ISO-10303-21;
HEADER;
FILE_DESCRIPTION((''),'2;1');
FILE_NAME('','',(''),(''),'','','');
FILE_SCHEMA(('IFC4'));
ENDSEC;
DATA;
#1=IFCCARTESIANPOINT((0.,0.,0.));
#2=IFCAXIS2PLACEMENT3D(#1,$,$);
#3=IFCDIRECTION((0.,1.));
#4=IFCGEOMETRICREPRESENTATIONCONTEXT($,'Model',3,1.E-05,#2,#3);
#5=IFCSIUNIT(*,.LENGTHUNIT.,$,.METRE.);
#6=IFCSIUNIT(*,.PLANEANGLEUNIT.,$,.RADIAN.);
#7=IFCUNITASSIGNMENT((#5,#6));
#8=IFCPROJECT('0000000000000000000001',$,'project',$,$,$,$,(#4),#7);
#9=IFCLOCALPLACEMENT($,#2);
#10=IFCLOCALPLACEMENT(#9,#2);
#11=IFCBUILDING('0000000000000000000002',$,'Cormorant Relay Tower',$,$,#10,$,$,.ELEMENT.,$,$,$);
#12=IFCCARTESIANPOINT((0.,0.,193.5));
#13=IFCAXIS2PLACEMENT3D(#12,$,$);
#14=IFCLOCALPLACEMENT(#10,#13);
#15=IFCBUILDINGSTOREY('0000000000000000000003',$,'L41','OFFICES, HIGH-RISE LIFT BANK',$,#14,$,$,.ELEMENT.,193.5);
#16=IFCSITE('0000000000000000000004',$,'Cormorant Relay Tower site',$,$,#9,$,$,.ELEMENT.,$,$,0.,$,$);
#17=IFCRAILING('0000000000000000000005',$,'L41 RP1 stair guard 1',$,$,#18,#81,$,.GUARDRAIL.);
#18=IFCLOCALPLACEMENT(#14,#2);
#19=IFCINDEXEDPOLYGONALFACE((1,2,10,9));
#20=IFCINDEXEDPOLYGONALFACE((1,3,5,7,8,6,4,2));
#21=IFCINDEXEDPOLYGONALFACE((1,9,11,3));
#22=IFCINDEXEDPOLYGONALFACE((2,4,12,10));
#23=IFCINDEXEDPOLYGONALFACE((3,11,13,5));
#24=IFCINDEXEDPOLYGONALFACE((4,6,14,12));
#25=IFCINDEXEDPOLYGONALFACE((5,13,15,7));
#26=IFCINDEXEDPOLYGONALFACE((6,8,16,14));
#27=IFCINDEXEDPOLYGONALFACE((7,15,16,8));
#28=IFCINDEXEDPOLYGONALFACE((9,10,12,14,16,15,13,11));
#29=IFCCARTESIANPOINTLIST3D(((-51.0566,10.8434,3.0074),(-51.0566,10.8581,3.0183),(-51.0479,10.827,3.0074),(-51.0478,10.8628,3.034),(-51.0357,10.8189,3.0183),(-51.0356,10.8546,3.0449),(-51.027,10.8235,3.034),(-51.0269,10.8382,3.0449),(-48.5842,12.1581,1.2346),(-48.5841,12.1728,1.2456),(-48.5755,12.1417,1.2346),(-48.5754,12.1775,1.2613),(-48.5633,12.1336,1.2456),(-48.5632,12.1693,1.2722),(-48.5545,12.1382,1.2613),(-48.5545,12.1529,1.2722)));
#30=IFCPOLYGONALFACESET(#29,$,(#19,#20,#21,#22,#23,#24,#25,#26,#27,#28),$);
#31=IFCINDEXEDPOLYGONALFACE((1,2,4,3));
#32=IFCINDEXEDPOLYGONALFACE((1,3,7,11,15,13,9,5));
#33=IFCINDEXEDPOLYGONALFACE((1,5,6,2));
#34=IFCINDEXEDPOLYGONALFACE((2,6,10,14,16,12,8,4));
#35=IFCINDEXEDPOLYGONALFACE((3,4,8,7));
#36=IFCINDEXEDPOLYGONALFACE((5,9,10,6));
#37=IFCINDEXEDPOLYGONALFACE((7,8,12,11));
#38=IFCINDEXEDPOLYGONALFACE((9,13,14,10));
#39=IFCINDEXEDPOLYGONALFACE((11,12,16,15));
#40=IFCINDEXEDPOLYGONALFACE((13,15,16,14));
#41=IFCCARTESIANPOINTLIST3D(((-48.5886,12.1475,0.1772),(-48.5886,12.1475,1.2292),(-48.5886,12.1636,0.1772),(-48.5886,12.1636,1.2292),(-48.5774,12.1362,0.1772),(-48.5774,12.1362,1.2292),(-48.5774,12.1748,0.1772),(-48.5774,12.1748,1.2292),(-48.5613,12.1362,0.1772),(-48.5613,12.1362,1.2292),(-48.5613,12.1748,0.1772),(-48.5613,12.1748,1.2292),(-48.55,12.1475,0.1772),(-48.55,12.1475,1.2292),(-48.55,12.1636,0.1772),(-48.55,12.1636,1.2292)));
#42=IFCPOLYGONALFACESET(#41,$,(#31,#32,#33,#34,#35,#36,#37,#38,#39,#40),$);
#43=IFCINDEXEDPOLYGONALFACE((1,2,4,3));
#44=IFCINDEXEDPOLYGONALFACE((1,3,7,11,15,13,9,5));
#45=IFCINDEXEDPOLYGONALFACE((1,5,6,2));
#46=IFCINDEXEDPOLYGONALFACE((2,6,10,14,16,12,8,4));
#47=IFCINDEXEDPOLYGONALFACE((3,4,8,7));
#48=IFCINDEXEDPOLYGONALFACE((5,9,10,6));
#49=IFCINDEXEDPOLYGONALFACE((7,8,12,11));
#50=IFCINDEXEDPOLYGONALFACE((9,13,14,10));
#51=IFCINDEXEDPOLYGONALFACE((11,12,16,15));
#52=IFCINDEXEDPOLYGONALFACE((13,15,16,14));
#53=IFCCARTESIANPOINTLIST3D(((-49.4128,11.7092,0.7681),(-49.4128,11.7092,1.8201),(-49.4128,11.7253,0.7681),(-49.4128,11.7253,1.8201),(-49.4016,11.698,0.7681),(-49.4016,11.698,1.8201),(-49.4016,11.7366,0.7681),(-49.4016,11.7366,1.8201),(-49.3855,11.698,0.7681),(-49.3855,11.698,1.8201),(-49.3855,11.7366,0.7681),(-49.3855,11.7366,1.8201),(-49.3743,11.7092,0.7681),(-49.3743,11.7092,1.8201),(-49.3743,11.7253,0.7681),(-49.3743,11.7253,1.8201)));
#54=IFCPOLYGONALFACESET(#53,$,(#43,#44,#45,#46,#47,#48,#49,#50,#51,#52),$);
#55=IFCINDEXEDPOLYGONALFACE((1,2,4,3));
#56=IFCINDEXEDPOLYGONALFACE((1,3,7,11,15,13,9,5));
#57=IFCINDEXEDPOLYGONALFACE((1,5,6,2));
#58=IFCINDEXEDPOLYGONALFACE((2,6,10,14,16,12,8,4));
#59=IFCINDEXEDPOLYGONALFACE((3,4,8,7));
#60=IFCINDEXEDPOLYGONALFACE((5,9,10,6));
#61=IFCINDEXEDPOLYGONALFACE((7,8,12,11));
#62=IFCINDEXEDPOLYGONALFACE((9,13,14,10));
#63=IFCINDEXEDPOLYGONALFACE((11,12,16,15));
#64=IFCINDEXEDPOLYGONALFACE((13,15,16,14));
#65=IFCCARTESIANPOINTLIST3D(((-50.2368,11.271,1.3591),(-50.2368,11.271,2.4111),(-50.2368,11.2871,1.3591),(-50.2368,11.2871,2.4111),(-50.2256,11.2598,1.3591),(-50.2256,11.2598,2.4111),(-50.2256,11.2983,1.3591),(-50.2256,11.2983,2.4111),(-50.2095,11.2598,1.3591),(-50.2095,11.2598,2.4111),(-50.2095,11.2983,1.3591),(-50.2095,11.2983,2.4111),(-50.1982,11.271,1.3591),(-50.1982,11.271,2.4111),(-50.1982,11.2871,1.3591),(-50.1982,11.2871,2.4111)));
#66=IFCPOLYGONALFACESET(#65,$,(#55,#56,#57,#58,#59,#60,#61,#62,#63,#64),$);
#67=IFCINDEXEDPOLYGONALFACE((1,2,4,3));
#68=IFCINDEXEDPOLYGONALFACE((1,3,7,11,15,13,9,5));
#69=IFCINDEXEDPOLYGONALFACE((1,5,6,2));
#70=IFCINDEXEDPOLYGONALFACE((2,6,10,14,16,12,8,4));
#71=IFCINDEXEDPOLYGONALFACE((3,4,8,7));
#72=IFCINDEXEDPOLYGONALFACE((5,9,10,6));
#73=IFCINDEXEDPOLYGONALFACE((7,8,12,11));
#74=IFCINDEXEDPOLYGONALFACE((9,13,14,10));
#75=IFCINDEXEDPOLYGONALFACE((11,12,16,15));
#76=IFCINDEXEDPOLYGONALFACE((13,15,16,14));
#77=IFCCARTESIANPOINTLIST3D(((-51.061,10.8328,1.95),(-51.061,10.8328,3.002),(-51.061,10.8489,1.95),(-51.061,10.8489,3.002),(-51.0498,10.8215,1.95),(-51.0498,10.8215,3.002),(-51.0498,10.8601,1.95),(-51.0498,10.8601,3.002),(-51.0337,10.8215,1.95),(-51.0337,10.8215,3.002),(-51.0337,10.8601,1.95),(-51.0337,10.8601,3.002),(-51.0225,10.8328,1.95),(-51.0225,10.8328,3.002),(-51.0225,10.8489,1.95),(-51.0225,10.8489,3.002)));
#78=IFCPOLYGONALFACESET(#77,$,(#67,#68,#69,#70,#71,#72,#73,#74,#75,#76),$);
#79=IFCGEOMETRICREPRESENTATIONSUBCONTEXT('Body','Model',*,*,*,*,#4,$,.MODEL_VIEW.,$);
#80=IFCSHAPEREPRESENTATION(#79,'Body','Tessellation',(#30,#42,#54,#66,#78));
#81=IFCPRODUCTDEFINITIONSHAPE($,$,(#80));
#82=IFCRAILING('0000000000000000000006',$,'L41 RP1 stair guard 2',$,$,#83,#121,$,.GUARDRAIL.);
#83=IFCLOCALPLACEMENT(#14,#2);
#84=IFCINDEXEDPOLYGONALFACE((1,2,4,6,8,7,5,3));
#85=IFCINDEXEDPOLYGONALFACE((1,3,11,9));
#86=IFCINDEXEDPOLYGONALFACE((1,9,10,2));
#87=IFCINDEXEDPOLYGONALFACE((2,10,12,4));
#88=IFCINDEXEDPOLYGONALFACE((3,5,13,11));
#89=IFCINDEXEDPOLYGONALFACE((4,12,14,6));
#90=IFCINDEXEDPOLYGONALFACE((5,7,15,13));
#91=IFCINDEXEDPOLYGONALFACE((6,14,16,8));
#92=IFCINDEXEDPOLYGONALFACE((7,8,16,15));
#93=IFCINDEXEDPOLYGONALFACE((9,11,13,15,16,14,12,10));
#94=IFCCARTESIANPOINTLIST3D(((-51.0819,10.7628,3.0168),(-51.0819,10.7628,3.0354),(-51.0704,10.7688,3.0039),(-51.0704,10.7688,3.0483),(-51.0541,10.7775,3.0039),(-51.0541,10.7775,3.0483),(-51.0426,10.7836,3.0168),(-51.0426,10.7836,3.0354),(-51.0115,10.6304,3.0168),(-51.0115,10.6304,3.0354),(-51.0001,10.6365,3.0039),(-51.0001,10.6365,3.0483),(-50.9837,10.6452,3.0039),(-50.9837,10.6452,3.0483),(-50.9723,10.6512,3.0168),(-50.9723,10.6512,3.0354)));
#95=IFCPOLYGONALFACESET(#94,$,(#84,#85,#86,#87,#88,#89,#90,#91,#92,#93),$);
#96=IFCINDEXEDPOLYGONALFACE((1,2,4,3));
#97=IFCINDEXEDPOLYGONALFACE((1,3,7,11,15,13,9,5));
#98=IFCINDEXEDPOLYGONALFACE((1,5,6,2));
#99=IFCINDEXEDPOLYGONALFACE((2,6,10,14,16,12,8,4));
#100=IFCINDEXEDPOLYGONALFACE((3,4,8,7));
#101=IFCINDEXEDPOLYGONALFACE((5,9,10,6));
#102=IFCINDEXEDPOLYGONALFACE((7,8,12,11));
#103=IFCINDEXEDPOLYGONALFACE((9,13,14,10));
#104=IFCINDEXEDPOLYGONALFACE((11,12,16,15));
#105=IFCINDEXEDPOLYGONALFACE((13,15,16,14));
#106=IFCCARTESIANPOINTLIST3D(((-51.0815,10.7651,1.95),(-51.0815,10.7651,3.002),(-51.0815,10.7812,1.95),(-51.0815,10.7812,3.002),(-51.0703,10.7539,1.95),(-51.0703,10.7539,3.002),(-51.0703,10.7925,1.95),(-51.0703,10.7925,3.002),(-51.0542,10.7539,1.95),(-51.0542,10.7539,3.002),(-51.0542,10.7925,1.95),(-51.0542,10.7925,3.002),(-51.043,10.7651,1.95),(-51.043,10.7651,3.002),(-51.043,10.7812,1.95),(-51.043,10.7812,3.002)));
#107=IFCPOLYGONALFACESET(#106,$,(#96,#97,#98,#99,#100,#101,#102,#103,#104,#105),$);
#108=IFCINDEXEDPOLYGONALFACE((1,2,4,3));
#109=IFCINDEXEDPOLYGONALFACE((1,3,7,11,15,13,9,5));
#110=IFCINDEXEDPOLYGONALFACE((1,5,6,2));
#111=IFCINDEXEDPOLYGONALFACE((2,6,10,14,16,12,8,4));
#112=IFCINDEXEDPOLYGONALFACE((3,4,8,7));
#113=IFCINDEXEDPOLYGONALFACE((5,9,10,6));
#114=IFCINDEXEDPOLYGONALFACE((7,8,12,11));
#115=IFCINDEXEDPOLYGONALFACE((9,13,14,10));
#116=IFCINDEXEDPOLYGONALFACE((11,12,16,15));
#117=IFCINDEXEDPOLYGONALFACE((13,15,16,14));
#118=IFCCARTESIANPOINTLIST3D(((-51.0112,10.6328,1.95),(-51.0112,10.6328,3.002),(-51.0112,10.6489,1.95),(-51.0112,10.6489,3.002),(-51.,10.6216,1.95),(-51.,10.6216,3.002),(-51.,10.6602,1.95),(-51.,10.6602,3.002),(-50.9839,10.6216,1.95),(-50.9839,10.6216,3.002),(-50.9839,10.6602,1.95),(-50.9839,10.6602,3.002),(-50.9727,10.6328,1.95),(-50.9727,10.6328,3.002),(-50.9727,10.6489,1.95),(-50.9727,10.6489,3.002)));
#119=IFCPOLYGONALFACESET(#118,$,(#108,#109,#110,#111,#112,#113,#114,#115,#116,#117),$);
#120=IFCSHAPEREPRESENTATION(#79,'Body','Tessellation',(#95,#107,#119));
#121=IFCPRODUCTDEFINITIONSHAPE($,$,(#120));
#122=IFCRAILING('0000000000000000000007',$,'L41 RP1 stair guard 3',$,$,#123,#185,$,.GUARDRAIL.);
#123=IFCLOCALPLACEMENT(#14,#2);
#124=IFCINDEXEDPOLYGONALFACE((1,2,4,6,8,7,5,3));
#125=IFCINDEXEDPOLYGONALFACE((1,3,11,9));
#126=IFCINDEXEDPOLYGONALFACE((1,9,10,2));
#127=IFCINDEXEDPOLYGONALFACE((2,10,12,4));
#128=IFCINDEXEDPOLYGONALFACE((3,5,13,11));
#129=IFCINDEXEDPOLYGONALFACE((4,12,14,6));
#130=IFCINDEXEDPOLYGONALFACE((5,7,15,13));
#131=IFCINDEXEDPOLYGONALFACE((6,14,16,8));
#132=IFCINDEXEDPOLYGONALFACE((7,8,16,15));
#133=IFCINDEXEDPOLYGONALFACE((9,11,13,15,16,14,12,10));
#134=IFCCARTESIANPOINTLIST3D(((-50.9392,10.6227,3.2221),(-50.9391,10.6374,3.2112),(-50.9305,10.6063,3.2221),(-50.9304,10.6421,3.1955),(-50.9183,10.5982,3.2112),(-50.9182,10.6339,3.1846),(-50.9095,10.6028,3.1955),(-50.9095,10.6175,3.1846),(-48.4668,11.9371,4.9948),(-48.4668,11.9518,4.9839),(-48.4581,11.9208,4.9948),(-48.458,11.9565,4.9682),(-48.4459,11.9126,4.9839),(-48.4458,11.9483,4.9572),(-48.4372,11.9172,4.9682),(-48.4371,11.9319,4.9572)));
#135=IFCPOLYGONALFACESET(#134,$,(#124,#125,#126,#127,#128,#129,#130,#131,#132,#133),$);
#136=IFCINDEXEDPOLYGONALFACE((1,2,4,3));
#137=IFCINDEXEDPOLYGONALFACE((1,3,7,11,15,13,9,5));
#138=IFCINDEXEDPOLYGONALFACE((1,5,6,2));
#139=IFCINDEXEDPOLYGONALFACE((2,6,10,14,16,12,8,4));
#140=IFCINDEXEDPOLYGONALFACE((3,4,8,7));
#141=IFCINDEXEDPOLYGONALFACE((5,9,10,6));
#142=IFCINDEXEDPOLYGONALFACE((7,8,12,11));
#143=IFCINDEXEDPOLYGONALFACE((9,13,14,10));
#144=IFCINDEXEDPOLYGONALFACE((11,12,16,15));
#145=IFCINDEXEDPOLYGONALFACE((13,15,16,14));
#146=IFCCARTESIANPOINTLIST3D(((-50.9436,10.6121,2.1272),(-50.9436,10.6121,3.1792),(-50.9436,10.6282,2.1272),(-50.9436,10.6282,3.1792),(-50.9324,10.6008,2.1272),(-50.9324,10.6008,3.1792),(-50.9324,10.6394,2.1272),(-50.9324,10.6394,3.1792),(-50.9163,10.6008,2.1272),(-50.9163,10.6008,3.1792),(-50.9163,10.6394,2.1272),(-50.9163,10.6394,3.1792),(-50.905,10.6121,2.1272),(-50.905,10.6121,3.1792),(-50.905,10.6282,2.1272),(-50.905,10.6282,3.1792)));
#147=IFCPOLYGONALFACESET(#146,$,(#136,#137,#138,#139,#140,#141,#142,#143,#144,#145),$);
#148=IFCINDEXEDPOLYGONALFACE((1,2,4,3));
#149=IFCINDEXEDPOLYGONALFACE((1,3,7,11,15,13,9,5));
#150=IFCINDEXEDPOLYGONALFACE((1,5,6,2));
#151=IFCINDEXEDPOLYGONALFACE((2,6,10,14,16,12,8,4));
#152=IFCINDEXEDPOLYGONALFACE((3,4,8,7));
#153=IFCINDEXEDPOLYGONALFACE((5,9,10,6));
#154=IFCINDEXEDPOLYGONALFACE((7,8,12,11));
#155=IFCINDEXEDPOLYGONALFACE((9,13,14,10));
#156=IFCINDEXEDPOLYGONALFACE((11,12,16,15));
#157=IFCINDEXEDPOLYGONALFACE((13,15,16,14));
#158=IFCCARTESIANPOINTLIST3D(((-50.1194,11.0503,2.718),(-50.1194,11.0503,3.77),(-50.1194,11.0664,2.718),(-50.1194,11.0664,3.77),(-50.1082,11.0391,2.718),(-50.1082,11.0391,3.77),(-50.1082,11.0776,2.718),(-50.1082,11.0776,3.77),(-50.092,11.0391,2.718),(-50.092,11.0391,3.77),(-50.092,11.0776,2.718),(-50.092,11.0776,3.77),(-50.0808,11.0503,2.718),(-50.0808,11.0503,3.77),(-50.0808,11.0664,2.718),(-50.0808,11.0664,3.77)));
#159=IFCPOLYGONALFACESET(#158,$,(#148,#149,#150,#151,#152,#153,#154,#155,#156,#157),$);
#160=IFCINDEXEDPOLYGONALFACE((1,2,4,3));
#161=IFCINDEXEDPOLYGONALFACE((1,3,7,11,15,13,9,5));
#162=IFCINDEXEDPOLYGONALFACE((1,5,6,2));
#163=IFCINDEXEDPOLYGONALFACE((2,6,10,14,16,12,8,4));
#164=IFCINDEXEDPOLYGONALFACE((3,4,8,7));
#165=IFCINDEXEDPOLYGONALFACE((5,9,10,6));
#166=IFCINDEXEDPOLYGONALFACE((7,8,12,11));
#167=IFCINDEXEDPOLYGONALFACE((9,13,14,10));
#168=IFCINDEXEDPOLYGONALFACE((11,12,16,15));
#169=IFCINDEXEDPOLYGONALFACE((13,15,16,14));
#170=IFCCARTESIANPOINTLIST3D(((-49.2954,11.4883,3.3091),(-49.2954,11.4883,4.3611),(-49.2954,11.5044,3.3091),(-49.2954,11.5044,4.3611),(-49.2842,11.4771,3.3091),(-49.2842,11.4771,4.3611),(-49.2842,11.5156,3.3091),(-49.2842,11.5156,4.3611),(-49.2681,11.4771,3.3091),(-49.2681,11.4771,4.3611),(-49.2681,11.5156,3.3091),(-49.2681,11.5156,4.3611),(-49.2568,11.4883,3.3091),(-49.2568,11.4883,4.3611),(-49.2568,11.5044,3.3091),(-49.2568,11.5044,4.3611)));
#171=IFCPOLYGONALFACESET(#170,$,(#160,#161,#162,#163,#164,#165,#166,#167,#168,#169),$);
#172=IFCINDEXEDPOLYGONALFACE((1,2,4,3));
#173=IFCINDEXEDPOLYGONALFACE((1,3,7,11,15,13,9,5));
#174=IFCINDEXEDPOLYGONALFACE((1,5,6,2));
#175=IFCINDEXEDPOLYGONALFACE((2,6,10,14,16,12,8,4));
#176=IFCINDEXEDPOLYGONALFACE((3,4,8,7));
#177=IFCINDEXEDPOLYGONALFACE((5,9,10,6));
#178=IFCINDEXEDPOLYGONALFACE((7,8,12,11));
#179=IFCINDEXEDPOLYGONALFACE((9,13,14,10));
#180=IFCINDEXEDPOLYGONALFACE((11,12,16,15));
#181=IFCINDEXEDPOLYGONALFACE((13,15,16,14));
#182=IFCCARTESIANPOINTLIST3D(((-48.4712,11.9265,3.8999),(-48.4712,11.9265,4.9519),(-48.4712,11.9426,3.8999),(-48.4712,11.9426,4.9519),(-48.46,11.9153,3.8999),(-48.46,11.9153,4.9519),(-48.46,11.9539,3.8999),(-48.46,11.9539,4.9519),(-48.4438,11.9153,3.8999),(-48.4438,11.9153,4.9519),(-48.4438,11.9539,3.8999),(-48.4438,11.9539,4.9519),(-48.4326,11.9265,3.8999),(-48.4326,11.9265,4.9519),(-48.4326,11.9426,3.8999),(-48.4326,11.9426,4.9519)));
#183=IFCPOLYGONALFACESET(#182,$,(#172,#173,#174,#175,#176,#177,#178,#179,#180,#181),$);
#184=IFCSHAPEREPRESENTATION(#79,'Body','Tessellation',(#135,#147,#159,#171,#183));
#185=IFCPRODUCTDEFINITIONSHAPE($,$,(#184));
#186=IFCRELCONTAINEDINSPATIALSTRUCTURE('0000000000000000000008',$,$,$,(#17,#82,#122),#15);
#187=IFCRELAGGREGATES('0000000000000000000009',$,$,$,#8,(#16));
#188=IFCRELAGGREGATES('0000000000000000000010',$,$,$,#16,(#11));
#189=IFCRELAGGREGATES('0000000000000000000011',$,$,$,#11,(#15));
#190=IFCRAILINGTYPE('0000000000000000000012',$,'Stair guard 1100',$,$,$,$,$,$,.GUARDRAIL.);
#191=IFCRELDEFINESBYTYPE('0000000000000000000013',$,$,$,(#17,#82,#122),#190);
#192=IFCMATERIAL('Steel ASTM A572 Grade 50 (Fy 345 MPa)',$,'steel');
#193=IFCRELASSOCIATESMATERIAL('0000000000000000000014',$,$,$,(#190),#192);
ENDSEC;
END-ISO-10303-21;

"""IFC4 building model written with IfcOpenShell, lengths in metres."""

from ifc_helpers import new_model, si_unit, direction, frame, origin, place, context, subcontext, project, spatial, polyline, outline, extrude, material, type_object, element, save


model = new_model("IFC4")

# Units and contexts
model_context = context("Model", 3, precision=1e-05, world=origin(), true_north=direction((0.0, 1.0)))
body_context = subcontext(model_context, "Body", "Model", "MODEL_VIEW")
ifc_project = project(units=[si_unit("LENGTHUNIT", "METRE"), si_unit("PLANEANGLEUNIT", "RADIAN")], contexts=[model_context])

# Site, building, storey
site_placement = place(None, origin())
site = spatial("IfcSite", under=ifc_project, at=site_placement, Name="Cormorant Relay Tower site", CompositionType="ELEMENT", RefElevation=0.0)
building_placement = place(site_placement, origin())
building = spatial("IfcBuilding", under=site, at=building_placement, Name="Cormorant Relay Tower", CompositionType="ELEMENT")
storey_placement = place(building_placement, frame((0.0, 0.0, 193.5)))
storey = spatial("IfcBuildingStorey", under=building, at=storey_placement, Name="L41", Description="OFFICES, HIGH-RISE LIFT BANK", CompositionType="ELEMENT", Elevation=193.5)

# Railings
ifc_material_1 = material(Name="Steel ASTM A572 Grade 50 (Fy 345 MPa)", Category="steel")
railing_type_1 = type_object("IfcRailingType", Name="Stair guard 1100", PredefinedType="GUARDRAIL", material=ifc_material_1)
railing_1_placement = place(storey_placement, frame((-48.5693, 12.1555, 0.1772)))
element("IfcRailing", 1, at=railing_1_placement, inside=storey, type_object=railing_type_1, Name="L41 RP1 stair guard 1", PredefinedType="GUARDRAIL", context=body_context, shape_type="SweptSolid", body=[
    extrude(outline(polyline([(0.0222, 0.0093), (0.0093, 0.0222), (-0.0093, 0.0222), (-0.0222, 0.0093), (-0.0222, -0.0093), (-0.0093, -0.0222), (0.0093, -0.0222), (0.0222, -0.0093), (0.0222, 0.0093)])), frame((0.0, 0.0, 1.0762), z_axis=(-0.746012, -0.39669, 0.534886), x_axis=(0.469497, -0.882934, 0.0)), (0.0, 0.0, 1.0), 3.3142),
    extrude(outline(polyline([(0.0193, 0.0081), (0.0081, 0.0193), (-0.0081, 0.0193), (-0.0193, 0.0081), (-0.0193, -0.0081), (-0.0081, -0.0193), (0.0081, -0.0193), (0.0193, -0.0081), (0.0193, 0.0081)])), origin(), (0.0, 0.0, 1.0), 1.052),
    extrude(outline(polyline([(0.0193, 0.0081), (0.0081, 0.0193), (-0.0081, 0.0193), (-0.0193, 0.0081), (-0.0193, -0.0081), (-0.0081, -0.0193), (0.0081, -0.0193), (0.0193, -0.0081), (0.0193, 0.0081)])), frame((-0.8242, -0.4382, 0.5908)), (0.0, 0.0, 1.0), 1.052),
    extrude(outline(polyline([(0.0193, 0.0081), (0.0081, 0.0193), (-0.0081, 0.0193), (-0.0193, 0.0081), (-0.0193, -0.0081), (-0.0081, -0.0193), (0.0081, -0.0193), (0.0193, -0.0081), (0.0193, 0.0081)])), frame((-1.6482, -0.8765, 1.1819)), (0.0, 0.0, 1.0), 1.052),
    extrude(outline(polyline([(0.0193, 0.0081), (0.0081, 0.0193), (-0.0081, 0.0193), (-0.0193, 0.0081), (-0.0193, -0.0081), (-0.0081, -0.0193), (0.0081, -0.0193), (0.0193, -0.0081), (0.0193, 0.0081)])), frame((-2.4724, -1.3147, 1.7727)), (0.0, 0.0, 1.0), 1.052),
])
railing_2_placement = place(storey_placement, frame((-51.0623, 10.7732, 1.95)))
element("IfcRailing", 2, at=railing_2_placement, inside=storey, type_object=railing_type_1, Name="L41 RP1 stair guard 2", PredefinedType="GUARDRAIL", context=body_context, shape_type="SweptSolid", body=[
    extrude(outline(polyline([(0.0222, 0.0093), (0.0093, 0.0222), (-0.0093, 0.0222), (-0.0222, 0.0093), (-0.0222, -0.0093), (-0.0093, -0.0222), (0.0093, -0.0222), (0.0222, -0.0093), (0.0222, 0.0093)])), frame((0.0, 0.0, 1.0762), z_axis=(0.469235, -0.883074, 0.0), x_axis=(0.883074, 0.469235, 0.0)), (0.0, 0.0, 1.0), 0.1499),
    extrude(outline(polyline([(0.0193, 0.0081), (0.0081, 0.0193), (-0.0081, 0.0193), (-0.0193, 0.0081), (-0.0193, -0.0081), (-0.0081, -0.0193), (0.0081, -0.0193), (0.0193, -0.0081), (0.0193, 0.0081)])), origin(), (0.0, 0.0, 1.0), 1.052),
    extrude(outline(polyline([(0.0193, 0.0081), (0.0081, 0.0193), (-0.0081, 0.0193), (-0.0193, 0.0081), (-0.0193, -0.0081), (-0.0081, -0.0193), (0.0081, -0.0193), (0.0193, -0.0081), (0.0193, 0.0081)])), frame((0.0703, -0.1323, 0.0)), (0.0, 0.0, 1.0), 1.052),
])
railing_3_placement = place(storey_placement, frame((-50.9243, 10.6201, 2.1272)))
element("IfcRailing", 3, at=railing_3_placement, inside=storey, type_object=railing_type_1, Name="L41 RP1 stair guard 3", PredefinedType="GUARDRAIL", context=body_context, shape_type="SweptSolid", body=[
    extrude(outline(polyline([(0.0222, 0.0093), (0.0093, 0.0222), (-0.0093, 0.0222), (-0.0222, 0.0093), (-0.0222, -0.0093), (-0.0093, -0.0222), (0.0093, -0.0222), (0.0222, -0.0093), (0.0222, 0.0093)])), frame((0.0, 0.0, 1.0762), z_axis=(0.746034, 0.396627, 0.534902), x_axis=(-0.469429, 0.88297, 0.0)), (0.0, 0.0, 1.0), 3.314),
    extrude(outline(polyline([(0.0193, 0.0081), (0.0081, 0.0193), (-0.0081, 0.0193), (-0.0193, 0.0081), (-0.0193, -0.0081), (-0.0081, -0.0193), (0.0081, -0.0193), (0.0193, -0.0081), (0.0193, 0.0081)])), origin(), (0.0, 0.0, 1.0), 1.052),
    extrude(outline(polyline([(0.0193, 0.0081), (0.0081, 0.0193), (-0.0081, 0.0193), (-0.0193, 0.0081), (-0.0193, -0.0081), (-0.0081, -0.0193), (0.0081, -0.0193), (0.0193, -0.0081), (0.0193, 0.0081)])), frame((0.8242, 0.4382, 0.5908)), (0.0, 0.0, 1.0), 1.052),
    extrude(outline(polyline([(0.0193, 0.0081), (0.0081, 0.0193), (-0.0081, 0.0193), (-0.0193, 0.0081), (-0.0193, -0.0081), (-0.0081, -0.0193), (0.0081, -0.0193), (0.0193, -0.0081), (0.0193, 0.0081)])), frame((1.6482, 0.8762, 1.1819)), (0.0, 0.0, 1.0), 1.052),
    extrude(outline(polyline([(0.0193, 0.0081), (0.0081, 0.0193), (-0.0081, 0.0193), (-0.0193, 0.0081), (-0.0193, -0.0081), (-0.0081, -0.0193), (0.0081, -0.0193), (0.0193, -0.0081), (0.0193, 0.0081)])), frame((2.4724, 1.3145, 1.7727)), (0.0, 0.0, 1.0), 1.052),
])

save(model, "model.ifc")
